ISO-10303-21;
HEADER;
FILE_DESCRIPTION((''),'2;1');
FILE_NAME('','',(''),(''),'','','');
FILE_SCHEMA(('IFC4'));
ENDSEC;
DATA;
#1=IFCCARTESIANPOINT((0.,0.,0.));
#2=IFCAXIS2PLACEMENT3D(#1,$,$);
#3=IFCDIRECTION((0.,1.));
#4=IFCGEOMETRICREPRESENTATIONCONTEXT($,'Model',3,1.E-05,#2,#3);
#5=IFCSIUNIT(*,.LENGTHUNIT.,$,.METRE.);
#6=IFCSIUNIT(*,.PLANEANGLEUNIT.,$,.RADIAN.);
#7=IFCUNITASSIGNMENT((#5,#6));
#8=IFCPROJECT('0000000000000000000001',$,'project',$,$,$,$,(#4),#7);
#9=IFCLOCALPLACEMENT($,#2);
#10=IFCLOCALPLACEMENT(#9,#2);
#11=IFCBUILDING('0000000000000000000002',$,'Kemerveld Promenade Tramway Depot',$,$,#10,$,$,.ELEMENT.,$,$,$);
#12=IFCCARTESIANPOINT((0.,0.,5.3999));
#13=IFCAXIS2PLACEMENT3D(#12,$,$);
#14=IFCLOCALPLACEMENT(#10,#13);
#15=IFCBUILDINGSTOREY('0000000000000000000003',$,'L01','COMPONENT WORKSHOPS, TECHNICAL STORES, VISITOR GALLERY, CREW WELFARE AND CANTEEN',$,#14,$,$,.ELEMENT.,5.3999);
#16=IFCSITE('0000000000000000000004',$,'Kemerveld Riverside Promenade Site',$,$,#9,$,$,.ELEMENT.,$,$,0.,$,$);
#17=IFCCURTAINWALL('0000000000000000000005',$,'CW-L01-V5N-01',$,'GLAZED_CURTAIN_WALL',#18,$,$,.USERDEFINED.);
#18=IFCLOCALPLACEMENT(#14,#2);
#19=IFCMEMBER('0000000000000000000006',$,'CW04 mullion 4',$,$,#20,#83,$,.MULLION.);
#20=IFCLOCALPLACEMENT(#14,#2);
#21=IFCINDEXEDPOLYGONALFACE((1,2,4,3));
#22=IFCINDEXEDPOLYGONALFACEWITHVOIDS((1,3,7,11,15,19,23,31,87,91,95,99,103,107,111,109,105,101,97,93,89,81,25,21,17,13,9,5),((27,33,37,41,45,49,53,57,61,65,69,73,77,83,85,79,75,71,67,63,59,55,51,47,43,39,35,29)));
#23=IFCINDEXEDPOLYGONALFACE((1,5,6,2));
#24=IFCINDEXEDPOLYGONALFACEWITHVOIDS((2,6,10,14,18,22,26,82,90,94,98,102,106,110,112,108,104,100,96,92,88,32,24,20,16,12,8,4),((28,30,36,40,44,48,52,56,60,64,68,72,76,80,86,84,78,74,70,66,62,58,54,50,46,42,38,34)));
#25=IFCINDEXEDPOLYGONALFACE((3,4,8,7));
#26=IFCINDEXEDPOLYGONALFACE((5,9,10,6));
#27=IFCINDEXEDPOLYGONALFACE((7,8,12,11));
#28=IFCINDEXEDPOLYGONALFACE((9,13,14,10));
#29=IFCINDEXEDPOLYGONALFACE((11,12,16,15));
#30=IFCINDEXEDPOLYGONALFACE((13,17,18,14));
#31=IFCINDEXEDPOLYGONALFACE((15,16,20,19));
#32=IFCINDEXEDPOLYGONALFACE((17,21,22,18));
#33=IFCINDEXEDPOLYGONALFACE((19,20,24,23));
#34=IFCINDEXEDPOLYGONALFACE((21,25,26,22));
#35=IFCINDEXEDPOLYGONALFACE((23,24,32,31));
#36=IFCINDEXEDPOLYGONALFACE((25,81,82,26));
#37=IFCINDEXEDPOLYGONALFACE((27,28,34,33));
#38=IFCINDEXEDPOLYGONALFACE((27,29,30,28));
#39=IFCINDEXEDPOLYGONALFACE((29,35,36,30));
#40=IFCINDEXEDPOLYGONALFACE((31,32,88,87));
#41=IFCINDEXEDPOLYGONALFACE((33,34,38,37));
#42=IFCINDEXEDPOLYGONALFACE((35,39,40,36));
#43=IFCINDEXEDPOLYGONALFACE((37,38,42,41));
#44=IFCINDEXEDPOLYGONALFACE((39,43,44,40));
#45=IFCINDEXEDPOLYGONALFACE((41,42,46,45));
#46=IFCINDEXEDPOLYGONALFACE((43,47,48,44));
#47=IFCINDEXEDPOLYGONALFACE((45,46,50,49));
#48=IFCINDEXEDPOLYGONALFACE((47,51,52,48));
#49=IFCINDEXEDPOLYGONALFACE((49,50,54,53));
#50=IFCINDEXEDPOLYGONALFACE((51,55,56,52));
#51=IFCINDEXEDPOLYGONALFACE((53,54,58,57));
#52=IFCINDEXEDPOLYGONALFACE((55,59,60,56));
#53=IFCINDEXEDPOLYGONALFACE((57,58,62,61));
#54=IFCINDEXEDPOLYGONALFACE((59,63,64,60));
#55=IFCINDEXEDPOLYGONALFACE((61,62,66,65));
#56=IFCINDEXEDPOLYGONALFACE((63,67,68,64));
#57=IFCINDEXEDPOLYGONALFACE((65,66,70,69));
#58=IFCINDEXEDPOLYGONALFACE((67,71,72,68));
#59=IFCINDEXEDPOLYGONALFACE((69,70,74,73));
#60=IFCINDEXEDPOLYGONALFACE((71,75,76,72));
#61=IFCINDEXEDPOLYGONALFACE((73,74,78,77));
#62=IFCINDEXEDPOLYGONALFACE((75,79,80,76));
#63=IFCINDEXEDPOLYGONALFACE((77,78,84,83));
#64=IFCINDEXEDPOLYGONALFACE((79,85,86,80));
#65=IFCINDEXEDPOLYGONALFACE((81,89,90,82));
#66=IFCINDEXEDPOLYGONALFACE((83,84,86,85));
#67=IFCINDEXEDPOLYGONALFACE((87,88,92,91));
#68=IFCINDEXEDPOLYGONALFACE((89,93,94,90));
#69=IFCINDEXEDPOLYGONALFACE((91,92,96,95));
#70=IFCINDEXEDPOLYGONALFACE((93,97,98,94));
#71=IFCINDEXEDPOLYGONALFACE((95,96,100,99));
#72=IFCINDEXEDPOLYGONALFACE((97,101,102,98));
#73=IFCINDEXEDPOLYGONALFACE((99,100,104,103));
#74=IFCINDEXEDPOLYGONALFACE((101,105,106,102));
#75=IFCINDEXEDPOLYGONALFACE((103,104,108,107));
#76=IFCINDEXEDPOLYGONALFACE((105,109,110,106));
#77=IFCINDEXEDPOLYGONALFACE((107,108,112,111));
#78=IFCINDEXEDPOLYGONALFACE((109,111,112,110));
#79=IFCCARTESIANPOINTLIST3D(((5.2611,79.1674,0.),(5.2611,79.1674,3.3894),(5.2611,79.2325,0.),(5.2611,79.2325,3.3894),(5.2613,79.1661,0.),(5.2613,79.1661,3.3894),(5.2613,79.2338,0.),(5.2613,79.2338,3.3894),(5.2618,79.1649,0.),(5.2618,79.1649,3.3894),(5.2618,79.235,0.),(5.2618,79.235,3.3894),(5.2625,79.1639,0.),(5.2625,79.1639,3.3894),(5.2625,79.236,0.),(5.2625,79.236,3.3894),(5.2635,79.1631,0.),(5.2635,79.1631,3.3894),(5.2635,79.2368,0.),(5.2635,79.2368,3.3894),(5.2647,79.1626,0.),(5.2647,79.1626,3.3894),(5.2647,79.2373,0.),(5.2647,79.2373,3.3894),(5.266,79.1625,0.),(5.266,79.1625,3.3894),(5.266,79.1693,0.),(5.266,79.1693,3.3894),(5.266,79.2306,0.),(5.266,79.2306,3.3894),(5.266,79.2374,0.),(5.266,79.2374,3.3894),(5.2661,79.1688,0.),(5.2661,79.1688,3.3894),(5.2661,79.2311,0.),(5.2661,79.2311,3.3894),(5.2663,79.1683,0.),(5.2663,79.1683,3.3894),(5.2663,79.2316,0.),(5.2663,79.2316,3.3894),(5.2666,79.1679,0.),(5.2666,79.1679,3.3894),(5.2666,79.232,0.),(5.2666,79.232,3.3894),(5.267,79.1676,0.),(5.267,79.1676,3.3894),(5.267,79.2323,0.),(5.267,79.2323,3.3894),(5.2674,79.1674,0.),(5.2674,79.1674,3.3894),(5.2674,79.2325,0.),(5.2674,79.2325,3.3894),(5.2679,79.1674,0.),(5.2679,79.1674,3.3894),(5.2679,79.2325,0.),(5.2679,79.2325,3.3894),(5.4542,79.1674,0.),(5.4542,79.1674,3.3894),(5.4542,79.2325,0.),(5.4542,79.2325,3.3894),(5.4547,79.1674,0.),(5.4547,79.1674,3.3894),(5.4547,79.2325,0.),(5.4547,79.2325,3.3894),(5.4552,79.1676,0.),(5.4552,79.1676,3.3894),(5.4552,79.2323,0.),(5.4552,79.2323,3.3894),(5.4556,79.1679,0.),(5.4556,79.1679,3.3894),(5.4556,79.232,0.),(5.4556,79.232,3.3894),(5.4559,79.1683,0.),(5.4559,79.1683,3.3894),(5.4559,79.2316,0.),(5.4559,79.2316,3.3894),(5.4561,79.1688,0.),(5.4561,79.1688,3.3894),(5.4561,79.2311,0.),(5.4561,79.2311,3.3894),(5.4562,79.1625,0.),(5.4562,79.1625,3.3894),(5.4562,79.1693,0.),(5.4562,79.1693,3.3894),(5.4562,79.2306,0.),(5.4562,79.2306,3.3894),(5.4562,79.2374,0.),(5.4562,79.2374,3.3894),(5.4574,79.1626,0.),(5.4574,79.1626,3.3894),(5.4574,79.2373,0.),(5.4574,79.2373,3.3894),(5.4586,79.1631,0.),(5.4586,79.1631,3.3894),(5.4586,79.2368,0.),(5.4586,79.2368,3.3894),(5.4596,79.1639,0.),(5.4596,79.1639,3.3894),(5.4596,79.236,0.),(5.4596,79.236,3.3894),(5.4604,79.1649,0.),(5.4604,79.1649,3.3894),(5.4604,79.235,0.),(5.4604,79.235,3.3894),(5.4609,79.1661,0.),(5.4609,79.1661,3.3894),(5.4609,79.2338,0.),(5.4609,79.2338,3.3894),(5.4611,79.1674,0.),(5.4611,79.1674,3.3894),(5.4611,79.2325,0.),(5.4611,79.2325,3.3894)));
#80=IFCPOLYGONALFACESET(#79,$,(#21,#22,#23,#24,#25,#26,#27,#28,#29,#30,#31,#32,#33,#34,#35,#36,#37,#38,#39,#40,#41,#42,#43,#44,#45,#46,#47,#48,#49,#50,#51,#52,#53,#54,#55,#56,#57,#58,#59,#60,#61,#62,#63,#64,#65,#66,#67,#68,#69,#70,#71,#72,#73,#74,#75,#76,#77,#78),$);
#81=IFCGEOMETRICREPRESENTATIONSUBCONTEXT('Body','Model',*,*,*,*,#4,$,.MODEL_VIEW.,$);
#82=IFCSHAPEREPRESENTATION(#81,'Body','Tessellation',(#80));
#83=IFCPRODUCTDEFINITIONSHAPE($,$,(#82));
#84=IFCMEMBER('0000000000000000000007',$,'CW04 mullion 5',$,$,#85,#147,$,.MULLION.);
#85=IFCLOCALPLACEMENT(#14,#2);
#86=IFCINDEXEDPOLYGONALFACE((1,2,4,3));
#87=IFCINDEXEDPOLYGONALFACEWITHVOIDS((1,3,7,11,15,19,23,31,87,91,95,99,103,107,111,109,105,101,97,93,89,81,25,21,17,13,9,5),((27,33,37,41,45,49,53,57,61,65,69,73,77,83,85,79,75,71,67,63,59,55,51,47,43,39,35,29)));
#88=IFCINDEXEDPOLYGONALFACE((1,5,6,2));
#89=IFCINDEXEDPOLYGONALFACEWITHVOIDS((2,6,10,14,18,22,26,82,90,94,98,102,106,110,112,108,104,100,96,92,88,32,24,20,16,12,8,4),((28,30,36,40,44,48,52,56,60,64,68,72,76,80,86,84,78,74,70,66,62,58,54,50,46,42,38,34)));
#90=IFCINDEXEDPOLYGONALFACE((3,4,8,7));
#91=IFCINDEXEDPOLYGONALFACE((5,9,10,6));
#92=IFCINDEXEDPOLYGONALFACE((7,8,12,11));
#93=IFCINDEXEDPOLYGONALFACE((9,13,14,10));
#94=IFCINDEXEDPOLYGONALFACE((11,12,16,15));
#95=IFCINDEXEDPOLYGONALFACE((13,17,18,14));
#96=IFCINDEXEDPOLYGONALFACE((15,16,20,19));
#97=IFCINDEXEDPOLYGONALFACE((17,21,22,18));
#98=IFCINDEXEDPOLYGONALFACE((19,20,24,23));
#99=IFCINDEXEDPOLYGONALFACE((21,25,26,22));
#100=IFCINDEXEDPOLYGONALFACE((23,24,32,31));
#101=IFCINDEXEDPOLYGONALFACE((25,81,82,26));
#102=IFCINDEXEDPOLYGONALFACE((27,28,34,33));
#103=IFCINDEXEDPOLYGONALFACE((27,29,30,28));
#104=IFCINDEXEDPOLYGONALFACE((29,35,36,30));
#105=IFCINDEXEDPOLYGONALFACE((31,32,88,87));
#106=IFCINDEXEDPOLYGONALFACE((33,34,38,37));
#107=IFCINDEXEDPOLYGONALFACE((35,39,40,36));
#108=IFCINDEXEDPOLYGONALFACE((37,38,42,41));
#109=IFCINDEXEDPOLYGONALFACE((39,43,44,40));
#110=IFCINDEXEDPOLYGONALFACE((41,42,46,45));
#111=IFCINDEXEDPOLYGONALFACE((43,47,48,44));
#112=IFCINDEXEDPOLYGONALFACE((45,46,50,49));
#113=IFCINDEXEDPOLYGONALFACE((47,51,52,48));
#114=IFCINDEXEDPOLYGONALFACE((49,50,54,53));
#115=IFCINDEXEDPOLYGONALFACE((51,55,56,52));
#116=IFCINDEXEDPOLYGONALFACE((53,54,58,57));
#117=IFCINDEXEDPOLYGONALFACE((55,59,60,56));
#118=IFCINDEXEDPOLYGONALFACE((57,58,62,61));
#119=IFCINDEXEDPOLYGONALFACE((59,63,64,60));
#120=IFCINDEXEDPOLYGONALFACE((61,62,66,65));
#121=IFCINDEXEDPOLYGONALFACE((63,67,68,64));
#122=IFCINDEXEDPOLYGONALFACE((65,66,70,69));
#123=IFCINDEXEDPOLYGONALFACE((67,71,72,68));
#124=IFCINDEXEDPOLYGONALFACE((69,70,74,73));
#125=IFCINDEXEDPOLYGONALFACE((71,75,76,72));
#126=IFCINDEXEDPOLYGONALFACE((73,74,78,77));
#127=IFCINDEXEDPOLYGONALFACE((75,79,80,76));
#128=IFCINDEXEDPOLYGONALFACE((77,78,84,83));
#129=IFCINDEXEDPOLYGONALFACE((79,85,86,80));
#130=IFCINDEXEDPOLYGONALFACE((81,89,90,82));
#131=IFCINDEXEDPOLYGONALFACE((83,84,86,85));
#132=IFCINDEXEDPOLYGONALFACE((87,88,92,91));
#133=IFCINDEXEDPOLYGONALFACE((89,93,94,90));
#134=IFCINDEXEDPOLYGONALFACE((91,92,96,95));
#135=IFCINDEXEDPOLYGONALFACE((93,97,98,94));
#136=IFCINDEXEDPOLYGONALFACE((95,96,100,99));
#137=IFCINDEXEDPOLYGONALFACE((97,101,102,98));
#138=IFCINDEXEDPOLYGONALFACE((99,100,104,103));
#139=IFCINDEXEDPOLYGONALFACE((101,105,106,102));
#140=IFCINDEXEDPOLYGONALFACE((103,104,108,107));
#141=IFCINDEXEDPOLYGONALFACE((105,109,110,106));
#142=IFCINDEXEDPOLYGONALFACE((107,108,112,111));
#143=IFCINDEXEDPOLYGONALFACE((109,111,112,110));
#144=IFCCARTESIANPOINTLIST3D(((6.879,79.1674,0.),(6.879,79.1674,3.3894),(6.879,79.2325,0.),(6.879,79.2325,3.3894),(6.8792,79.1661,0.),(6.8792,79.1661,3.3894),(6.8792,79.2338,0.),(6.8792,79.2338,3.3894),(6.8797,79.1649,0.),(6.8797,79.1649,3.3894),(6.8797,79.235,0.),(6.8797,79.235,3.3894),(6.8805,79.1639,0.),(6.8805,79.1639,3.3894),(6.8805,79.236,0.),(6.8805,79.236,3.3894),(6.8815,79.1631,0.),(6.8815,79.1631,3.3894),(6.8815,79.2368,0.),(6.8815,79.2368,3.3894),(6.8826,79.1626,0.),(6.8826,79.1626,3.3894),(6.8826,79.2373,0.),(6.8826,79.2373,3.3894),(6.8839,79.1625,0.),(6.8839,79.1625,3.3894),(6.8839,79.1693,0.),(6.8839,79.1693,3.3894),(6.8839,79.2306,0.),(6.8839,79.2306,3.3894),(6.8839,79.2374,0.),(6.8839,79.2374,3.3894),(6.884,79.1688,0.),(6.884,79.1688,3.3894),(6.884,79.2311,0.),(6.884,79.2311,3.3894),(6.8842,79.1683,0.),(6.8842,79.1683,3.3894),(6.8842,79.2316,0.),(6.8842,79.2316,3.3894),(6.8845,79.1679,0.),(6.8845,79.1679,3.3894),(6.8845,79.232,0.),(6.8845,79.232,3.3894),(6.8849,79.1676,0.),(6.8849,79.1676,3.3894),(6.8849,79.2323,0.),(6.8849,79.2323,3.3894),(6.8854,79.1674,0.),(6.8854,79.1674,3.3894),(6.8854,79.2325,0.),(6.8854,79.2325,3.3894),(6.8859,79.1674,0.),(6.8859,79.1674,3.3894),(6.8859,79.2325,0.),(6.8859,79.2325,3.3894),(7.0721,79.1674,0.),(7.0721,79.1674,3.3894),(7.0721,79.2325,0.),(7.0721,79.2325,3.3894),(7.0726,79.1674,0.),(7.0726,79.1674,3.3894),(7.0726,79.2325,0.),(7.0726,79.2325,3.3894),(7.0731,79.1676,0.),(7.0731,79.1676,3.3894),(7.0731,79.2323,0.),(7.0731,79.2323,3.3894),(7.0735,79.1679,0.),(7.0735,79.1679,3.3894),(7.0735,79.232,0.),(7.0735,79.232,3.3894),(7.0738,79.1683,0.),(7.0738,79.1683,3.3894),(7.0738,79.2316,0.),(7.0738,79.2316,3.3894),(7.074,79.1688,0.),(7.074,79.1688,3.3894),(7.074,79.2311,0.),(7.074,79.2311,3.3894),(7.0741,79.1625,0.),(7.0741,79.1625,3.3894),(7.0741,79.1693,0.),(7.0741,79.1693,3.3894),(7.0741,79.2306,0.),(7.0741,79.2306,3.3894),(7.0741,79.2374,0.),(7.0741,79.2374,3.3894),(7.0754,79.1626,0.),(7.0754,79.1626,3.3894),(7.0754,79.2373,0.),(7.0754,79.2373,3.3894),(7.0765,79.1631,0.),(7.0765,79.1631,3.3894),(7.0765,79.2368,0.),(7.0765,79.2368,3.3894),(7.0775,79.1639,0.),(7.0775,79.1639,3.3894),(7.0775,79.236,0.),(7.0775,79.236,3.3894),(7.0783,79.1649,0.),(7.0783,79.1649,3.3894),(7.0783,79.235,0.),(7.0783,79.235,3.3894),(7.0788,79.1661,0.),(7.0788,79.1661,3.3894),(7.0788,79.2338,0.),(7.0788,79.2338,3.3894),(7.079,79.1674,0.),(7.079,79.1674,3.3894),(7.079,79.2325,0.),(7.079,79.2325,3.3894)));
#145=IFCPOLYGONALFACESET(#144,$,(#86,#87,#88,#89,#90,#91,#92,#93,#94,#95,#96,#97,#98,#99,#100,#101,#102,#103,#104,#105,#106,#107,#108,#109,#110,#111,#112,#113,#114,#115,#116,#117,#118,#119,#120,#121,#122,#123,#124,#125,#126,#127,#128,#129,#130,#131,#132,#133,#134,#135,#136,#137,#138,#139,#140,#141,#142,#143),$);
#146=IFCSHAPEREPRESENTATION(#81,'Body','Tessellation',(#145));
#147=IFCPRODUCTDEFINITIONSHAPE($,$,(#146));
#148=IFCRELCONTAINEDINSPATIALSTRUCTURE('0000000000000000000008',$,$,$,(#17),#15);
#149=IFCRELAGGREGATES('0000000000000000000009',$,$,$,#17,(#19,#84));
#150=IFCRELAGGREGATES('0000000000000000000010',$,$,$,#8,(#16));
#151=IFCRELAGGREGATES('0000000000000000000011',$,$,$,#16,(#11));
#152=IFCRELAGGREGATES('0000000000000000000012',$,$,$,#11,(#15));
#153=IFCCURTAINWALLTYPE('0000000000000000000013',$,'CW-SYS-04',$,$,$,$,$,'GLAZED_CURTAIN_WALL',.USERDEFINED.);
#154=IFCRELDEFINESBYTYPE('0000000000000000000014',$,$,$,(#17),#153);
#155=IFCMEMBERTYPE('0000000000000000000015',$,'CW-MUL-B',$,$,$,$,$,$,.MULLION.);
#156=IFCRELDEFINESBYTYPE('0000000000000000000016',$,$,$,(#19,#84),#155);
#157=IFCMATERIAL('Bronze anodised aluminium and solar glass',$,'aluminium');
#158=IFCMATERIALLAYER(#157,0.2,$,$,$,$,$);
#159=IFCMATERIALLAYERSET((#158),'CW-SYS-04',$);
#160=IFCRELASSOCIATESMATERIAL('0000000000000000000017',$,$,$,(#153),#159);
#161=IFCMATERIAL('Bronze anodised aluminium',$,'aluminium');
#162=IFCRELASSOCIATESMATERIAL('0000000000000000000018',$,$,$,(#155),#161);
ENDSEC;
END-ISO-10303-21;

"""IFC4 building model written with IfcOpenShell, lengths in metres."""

from ifc_helpers import new_model, si_unit, direction, frame, origin, origin_2d, place, context, subcontext, project, spatial, hollow_rectangle, extrude, material, layer, layer_set, material_profile, profile_set, type_object, element, aggregate, save


model = new_model("IFC4")

# Units and contexts
model_context = context("Model", 3, precision=1e-05, world=origin(), true_north=direction((0.0, 1.0)))
body_context = subcontext(model_context, "Body", "Model", "MODEL_VIEW")
ifc_project = project(units=[si_unit("LENGTHUNIT", "METRE"), si_unit("PLANEANGLEUNIT", "RADIAN")], contexts=[model_context])

# Site, building, storey
site_placement = place(None, origin())
site = spatial("IfcSite", under=ifc_project, at=site_placement, Name="Kemerveld Riverside Promenade Site", CompositionType="ELEMENT", RefElevation=0.0)
building_placement = place(site_placement, origin())
building = spatial("IfcBuilding", under=site, at=building_placement, Name="Kemerveld Promenade Tramway Depot", CompositionType="ELEMENT")
storey_placement = place(building_placement, frame((0.0, 0.0, 5.3999)))
storey = spatial("IfcBuildingStorey", under=building, at=storey_placement, Name="L01", Description="COMPONENT WORKSHOPS, TECHNICAL STORES, VISITOR GALLERY, CREW WELFARE AND CANTEEN", CompositionType="ELEMENT", Elevation=5.3999)

# Curtain wall, members
ifc_material_1 = material(Name="Bronze anodised aluminium and solar glass", Category="aluminium")
ifc_layer_1 = layer(ifc_material_1, 0.2)
ifc_layer_set_1 = layer_set([ifc_layer_1], Name="CW-SYS-04")
curtain_wall_type_1 = type_object("IfcCurtainWallType", Name="CW-SYS-04", ElementType="GLAZED_CURTAIN_WALL", PredefinedType="USERDEFINED", material=ifc_layer_set_1)
curtain_wall_1_placement = place(storey_placement, origin())
curtain_wall_1 = element("IfcCurtainWall", 1, at=curtain_wall_1_placement, inside=storey, type_object=curtain_wall_type_1, Name="CW-L01-V5N-01", ObjectType="GLAZED_CURTAIN_WALL", PredefinedType="USERDEFINED")
ifc_material_2 = material(Name="Bronze anodised aluminium", Category="aluminium")
ifc_material_profile_1 = material_profile(ifc_material_2, hollow_rectangle(XDim=0.075, YDim=0.2, WallThickness=0.0049, InnerFilletRadius=0.002, OuterFilletRadius=0.0049, at=origin_2d()), Name="CW-MUL-200x75")
ifc_profile_set_1 = profile_set([ifc_material_profile_1], Name="Bronze anodised aluminium")
member_type_1 = type_object("IfcMemberType", Name="CW-MUL-B", PredefinedType="MULLION", material=ifc_profile_set_1)
member_1_placement = place(storey_placement, frame((5.3611, 79.2, 0.0), z_axis=(0.0, 0.0, 1.0), x_axis=(0.0, 1.0, 0.0)))
member_1 = element("IfcMember", 2, at=member_1_placement, type_object=member_type_1, Name="CW04 mullion 4", PredefinedType="MULLION", context=body_context, shape_type="SweptSolid", body=[
    extrude(hollow_rectangle(XDim=0.075, YDim=0.2, WallThickness=0.0049, InnerFilletRadius=0.002, OuterFilletRadius=0.0049, at=origin_2d()), origin(), (0.0, 0.0, 1.0), 3.3894),
])
member_2_placement = place(storey_placement, frame((6.979, 79.2, 0.0), z_axis=(0.0, 0.0, 1.0), x_axis=(0.0, 1.0, 0.0)))
member_2 = element("IfcMember", 3, at=member_2_placement, type_object=member_type_1, Name="CW04 mullion 5", PredefinedType="MULLION", context=body_context, shape_type="SweptSolid", body=[
    extrude(hollow_rectangle(XDim=0.075, YDim=0.2, WallThickness=0.0049, InnerFilletRadius=0.002, OuterFilletRadius=0.0049, at=origin_2d()), origin(), (0.0, 0.0, 1.0), 3.3894),
])

aggregate(curtain_wall_1, [member_1, member_2])

save(model, "model.ifc")
